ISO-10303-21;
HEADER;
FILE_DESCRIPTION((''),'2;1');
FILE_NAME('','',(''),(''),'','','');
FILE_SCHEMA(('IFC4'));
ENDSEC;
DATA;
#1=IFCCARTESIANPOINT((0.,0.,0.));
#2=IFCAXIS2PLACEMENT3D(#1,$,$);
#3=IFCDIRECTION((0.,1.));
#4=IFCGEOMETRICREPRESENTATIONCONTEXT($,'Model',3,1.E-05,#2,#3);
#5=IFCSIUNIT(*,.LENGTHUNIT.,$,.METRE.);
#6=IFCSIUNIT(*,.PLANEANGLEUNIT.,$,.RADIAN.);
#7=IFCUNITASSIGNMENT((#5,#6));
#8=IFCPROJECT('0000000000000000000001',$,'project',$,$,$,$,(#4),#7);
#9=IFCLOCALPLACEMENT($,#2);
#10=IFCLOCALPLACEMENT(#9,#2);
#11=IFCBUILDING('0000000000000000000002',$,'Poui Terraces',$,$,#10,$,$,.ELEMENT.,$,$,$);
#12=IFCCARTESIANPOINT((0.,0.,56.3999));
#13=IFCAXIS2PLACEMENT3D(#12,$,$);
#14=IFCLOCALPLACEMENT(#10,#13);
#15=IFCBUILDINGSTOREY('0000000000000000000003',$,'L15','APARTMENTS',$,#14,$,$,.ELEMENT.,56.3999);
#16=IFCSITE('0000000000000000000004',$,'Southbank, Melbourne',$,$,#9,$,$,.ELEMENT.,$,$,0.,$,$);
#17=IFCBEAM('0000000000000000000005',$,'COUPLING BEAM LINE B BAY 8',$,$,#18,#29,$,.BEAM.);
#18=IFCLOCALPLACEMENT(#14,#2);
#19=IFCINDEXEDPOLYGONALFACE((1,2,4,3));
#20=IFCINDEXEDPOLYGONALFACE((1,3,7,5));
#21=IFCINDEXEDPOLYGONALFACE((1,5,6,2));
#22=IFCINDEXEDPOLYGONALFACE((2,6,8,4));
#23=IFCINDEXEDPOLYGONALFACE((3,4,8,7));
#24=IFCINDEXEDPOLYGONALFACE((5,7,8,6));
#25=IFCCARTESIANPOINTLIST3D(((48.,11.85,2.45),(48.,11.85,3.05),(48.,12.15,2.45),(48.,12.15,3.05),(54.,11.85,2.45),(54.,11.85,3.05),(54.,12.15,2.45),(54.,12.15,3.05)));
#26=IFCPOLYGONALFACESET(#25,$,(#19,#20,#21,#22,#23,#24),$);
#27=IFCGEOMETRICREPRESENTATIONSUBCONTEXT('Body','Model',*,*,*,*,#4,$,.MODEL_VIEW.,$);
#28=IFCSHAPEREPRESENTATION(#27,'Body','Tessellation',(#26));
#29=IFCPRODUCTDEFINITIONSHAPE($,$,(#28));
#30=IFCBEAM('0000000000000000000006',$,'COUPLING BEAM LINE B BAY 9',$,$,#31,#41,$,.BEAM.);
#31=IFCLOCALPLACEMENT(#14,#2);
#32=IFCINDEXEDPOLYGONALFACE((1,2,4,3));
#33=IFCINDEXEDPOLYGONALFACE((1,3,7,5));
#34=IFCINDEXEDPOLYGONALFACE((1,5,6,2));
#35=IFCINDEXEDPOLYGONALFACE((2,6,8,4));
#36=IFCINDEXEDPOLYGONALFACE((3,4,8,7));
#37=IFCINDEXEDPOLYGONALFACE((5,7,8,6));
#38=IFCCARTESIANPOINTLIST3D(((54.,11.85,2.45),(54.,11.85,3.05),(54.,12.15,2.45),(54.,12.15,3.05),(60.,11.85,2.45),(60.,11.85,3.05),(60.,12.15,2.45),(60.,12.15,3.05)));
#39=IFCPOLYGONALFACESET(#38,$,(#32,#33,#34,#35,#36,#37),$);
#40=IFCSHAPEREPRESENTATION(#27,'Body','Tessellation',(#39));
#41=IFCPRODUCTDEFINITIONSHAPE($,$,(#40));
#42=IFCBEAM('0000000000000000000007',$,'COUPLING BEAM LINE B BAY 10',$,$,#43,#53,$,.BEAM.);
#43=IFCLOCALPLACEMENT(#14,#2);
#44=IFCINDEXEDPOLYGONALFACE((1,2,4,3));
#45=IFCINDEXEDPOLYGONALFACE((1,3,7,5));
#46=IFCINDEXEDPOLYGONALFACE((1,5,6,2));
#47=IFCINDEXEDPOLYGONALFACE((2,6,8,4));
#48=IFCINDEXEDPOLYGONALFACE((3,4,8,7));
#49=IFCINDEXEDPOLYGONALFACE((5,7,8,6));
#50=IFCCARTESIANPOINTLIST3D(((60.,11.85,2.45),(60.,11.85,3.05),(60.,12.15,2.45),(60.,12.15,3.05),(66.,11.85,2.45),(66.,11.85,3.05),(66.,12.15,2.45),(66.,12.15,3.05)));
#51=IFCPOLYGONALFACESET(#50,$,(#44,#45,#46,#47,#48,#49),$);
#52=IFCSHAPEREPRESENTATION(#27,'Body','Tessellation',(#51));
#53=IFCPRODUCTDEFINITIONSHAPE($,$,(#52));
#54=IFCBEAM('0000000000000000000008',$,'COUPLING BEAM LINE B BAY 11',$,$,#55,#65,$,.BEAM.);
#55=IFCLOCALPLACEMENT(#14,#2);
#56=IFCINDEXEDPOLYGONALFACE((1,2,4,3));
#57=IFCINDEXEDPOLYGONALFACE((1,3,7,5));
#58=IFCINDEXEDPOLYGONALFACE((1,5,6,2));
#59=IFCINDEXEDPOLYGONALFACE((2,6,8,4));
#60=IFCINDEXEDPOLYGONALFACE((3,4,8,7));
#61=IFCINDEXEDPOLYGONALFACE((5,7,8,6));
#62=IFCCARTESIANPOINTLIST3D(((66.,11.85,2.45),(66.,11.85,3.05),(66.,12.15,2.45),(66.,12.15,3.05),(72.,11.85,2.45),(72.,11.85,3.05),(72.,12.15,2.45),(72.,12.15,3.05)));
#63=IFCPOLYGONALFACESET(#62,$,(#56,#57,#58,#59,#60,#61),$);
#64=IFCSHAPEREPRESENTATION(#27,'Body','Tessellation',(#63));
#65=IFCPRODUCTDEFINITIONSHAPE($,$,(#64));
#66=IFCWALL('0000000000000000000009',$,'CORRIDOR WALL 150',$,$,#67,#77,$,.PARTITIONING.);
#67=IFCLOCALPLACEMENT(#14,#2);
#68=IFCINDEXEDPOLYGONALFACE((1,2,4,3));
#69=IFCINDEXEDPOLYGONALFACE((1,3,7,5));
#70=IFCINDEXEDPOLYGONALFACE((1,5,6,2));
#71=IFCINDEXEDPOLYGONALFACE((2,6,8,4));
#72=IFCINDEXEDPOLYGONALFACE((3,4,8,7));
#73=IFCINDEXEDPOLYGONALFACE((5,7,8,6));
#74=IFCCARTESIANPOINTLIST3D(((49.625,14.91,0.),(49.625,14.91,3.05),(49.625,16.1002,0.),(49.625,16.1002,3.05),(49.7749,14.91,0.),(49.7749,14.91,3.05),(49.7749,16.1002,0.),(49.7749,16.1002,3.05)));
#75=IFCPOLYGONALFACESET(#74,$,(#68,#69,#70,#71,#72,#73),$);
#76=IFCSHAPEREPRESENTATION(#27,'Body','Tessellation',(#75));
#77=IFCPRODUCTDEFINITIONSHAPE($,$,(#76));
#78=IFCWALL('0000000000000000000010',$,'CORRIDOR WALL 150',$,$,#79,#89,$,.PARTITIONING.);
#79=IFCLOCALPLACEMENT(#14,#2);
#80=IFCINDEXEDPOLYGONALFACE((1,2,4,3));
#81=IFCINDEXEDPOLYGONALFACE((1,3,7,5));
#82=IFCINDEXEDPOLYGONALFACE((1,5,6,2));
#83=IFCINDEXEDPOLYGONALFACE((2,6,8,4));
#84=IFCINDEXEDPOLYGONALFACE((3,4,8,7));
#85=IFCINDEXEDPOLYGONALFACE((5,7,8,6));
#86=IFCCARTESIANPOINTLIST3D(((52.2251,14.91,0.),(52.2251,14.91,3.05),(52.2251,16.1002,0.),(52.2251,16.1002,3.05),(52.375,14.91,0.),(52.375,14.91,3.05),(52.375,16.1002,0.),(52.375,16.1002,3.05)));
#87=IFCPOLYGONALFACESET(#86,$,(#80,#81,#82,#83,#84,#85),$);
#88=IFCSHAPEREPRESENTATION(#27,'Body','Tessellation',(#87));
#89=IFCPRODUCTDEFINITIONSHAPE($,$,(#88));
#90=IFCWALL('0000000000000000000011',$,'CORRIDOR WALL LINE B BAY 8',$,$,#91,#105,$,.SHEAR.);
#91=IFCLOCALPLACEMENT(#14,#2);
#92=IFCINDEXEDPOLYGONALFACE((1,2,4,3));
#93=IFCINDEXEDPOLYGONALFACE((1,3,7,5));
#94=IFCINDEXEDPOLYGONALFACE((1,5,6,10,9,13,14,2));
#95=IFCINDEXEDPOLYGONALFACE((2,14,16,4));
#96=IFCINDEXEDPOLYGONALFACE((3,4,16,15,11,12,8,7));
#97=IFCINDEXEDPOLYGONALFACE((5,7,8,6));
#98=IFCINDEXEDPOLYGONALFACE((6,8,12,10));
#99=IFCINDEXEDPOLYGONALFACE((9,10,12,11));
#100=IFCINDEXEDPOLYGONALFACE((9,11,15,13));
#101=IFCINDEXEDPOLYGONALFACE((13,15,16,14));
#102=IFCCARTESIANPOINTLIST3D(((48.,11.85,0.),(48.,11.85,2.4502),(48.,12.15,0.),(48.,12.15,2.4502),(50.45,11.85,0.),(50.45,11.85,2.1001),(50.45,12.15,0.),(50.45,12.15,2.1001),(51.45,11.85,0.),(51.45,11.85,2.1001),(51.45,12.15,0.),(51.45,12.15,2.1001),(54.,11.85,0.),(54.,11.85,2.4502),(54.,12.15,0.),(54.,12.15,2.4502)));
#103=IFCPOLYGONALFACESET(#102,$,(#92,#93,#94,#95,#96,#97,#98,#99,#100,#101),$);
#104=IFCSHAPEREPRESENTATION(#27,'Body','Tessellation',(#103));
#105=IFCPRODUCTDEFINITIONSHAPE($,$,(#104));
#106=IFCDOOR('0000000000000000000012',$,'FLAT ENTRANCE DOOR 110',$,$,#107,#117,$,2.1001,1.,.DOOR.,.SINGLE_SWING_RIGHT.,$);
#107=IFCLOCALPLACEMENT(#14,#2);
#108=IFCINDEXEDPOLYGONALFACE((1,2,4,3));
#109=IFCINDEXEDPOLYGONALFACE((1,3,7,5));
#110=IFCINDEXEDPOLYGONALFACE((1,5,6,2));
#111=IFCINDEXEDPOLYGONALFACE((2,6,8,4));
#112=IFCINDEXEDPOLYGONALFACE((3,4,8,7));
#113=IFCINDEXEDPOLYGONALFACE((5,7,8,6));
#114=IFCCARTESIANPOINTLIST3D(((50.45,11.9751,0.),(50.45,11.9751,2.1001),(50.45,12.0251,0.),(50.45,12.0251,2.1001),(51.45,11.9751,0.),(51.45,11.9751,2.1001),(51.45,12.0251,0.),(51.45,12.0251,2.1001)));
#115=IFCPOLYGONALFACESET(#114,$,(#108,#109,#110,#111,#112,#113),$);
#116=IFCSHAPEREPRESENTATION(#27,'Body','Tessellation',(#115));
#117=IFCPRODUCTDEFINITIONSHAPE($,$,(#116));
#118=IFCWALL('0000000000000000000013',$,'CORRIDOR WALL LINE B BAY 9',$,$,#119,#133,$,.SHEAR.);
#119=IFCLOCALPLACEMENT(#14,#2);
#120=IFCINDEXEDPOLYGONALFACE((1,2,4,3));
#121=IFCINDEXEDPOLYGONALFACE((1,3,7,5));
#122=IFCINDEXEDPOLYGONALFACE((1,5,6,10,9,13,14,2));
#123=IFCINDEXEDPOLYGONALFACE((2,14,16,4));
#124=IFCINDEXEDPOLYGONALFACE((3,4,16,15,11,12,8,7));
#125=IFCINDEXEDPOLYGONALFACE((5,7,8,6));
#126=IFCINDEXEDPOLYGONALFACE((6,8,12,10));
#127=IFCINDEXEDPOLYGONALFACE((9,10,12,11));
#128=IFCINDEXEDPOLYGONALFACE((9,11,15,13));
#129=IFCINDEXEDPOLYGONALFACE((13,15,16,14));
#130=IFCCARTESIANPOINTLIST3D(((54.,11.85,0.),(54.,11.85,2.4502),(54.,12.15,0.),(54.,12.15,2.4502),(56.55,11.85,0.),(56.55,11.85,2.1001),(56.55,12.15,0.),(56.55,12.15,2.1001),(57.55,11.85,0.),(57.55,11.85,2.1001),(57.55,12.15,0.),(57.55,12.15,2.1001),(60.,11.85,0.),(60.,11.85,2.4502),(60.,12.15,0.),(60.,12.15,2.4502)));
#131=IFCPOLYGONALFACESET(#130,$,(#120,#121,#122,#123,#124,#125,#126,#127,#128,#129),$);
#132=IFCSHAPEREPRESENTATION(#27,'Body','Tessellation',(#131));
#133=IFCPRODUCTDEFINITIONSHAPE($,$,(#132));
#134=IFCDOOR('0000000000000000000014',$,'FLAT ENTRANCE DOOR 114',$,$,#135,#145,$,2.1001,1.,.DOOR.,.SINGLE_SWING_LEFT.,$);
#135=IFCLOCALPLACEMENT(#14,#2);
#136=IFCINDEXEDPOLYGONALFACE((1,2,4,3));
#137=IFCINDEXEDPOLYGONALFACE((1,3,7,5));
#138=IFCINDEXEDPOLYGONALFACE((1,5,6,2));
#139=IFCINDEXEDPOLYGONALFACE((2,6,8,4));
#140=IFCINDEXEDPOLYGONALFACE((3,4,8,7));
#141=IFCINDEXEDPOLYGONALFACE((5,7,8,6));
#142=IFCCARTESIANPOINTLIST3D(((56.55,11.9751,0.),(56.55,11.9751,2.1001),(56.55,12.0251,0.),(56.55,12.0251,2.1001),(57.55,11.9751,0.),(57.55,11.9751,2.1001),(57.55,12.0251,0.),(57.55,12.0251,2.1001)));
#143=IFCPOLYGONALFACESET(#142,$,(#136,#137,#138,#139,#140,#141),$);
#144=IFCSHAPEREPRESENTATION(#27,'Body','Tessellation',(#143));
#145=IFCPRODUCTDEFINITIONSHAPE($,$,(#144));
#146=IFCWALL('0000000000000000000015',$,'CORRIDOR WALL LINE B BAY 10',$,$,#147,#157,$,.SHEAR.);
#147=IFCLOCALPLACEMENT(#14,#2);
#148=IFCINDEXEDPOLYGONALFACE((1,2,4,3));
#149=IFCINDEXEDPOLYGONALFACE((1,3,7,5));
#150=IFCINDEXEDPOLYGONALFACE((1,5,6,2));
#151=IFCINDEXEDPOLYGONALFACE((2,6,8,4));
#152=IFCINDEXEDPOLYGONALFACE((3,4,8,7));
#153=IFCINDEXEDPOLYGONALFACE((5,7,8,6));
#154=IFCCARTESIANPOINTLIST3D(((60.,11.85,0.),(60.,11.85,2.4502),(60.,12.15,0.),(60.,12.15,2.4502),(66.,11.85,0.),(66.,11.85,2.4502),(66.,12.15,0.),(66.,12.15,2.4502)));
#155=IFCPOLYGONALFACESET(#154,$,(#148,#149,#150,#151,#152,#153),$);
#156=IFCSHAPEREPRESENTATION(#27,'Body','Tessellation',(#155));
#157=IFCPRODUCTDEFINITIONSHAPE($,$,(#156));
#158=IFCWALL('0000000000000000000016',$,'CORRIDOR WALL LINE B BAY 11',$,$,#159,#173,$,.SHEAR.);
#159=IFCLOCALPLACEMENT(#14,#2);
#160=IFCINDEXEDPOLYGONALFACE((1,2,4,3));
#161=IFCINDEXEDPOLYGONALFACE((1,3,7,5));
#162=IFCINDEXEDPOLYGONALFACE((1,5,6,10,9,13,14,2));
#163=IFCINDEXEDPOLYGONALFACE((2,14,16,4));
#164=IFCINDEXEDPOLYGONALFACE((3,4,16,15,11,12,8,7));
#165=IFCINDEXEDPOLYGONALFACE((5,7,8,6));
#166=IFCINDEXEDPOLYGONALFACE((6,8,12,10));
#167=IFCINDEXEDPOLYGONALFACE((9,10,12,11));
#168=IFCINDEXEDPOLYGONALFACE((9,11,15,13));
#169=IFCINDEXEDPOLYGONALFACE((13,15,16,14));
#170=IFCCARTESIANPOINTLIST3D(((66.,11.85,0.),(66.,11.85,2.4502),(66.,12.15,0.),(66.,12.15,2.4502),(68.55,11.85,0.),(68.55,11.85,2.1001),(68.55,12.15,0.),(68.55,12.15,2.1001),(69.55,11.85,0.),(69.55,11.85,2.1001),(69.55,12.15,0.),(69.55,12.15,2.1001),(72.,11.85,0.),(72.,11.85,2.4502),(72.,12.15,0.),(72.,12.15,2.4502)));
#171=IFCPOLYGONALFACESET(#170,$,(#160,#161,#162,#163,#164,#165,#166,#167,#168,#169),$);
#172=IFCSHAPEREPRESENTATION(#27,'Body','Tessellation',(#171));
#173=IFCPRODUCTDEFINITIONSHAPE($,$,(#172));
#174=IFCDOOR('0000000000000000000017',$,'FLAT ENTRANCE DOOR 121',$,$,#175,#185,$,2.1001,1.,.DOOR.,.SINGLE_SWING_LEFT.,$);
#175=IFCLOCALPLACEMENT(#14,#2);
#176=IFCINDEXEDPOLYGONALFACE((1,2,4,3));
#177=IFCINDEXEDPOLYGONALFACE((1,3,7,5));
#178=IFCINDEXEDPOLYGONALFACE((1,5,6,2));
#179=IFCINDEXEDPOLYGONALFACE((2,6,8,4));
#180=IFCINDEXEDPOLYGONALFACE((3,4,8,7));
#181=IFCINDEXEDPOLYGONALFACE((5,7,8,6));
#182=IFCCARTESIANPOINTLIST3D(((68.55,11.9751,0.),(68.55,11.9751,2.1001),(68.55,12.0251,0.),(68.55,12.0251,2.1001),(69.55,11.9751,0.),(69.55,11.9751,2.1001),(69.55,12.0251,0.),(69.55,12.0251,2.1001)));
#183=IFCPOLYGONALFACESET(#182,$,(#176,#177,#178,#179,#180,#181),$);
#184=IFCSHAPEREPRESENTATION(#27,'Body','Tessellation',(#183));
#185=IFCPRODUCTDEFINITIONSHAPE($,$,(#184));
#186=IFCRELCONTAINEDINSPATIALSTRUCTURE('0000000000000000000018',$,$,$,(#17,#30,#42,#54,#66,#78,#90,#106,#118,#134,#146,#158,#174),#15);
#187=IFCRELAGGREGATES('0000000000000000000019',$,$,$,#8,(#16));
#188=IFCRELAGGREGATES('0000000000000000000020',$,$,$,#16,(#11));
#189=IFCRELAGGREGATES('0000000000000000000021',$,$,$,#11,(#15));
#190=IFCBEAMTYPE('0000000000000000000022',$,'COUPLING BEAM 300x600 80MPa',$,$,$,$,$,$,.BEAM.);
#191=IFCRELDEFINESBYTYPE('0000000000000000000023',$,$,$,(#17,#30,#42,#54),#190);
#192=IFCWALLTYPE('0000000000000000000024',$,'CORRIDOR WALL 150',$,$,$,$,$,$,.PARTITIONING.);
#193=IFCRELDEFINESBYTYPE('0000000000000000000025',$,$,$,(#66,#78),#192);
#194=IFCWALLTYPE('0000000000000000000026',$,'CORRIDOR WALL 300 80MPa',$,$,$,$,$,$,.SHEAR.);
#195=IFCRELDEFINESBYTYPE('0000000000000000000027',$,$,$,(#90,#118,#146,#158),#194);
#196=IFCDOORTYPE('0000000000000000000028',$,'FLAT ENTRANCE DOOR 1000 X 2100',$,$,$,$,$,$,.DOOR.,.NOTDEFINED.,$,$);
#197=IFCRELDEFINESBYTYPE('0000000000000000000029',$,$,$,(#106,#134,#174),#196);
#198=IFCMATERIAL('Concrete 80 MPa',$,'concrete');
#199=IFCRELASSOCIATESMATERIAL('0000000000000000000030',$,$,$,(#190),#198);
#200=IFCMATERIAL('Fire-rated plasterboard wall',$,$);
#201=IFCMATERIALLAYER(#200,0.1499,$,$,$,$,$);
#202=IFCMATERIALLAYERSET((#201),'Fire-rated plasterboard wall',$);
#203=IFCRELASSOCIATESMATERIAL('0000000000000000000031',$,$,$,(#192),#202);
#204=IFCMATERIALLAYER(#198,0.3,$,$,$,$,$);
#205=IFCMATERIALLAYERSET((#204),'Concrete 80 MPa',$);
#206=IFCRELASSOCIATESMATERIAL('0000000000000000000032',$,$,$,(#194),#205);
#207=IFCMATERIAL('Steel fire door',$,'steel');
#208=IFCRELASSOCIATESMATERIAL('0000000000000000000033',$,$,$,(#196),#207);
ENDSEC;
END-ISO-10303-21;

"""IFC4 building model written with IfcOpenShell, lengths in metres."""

from ifc_helpers import new_model, si_unit, direction, frame, frame_2d, origin, origin_2d, place, context, subcontext, project, spatial, rectangle, extrude, source, transform, mapped, material, layer, layer_set, material_profile, profile_set, type_object, element, fill, save


model = new_model("IFC4")

# Units and contexts
model_context = context("Model", 3, precision=1e-05, world=origin(), true_north=direction((0.0, 1.0)))
body_context = subcontext(model_context, "Body", "Model", "MODEL_VIEW")
ifc_project = project(units=[si_unit("LENGTHUNIT", "METRE"), si_unit("PLANEANGLEUNIT", "RADIAN")], contexts=[model_context])

# Site, building, storey
site_placement = place(None, origin())
site = spatial("IfcSite", under=ifc_project, at=site_placement, Name="Southbank, Melbourne", CompositionType="ELEMENT", RefElevation=0.0)
building_placement = place(site_placement, origin())
building = spatial("IfcBuilding", under=site, at=building_placement, Name="Poui Terraces", CompositionType="ELEMENT")
storey_placement = place(building_placement, frame((0.0, 0.0, 56.3999)))
storey = spatial("IfcBuildingStorey", under=building, at=storey_placement, Name="L15", Description="APARTMENTS", CompositionType="ELEMENT", Elevation=56.3999)

# Beams
ifc_material_1 = material(Name="Concrete 80 MPa", Category="concrete")
ifc_material_profile = material_profile(ifc_material_1, rectangle(XDim=0.3, YDim=0.6001, at=origin_2d()), Name="RC 300x600")
ifc_profile_set = profile_set([ifc_material_profile], Name="Concrete 80 MPa")
beam_type = type_object("IfcBeamType", Name="COUPLING BEAM 300x600 80MPa", PredefinedType="BEAM", material=ifc_profile_set)
shared_shape = source(origin(), body_context, "Body", "SweptSolid", [
    extrude(rectangle(XDim=0.3, YDim=0.6001, at=origin_2d()), origin(), (0.0, 0.0, 1.0), 6.0),
])
for number, where, z_axis, x_axis, name in (
    (1, (48.0, 12.0, 2.75), (1.0, 0.0, 0.0), (0.0, 1.0, 0.0), "COUPLING BEAM LINE B BAY 8"),
    (2, (54.0, 12.0, 2.75), (1.0, 0.0, 0.0), (0.0, 1.0, 0.0), "COUPLING BEAM LINE B BAY 9"),
    (3, (60.0, 12.0, 2.75), (1.0, 0.0, 0.0), (0.0, 1.0, 0.0), "COUPLING BEAM LINE B BAY 10"),
    (4, (66.0, 12.0, 2.75), (1.0, 0.0, 0.0), (0.0, 1.0, 0.0), "COUPLING BEAM LINE B BAY 11"),
):
    element("IfcBeam", number, at=place(storey_placement, frame(where, z_axis=z_axis, x_axis=x_axis)), inside=storey, type_object=beam_type, Name=name, PredefinedType="BEAM", context=body_context, shape_type="MappedRepresentation", body=[
        mapped(shared_shape, transform((0.0, 0.0, 0.0))),
    ])

# Walls
ifc_material_2 = material(Name="Fire-rated plasterboard wall")
ifc_layer_1 = layer(ifc_material_2, 0.1499)
ifc_layer_set_1 = layer_set([ifc_layer_1], Name="Fire-rated plasterboard wall")
wall_type_1 = type_object("IfcWallType", Name="CORRIDOR WALL 150", PredefinedType="PARTITIONING", material=ifc_layer_set_1)
for number, where, z_axis, x_axis, name in (
    (5, (49.7, 14.9099, 0.0), (0.0, 0.0, 1.0), (0.0, 1.0, 0.0), "CORRIDOR WALL 150"),
    (6, (52.3, 14.9099, 0.0), (0.0, 0.0, 1.0), (0.0, 1.0, 0.0), "CORRIDOR WALL 150"),
):
    element("IfcWall", number, at=place(storey_placement, frame(where, z_axis=z_axis, x_axis=x_axis)), inside=storey, type_object=wall_type_1, Name=name, PredefinedType="PARTITIONING", context=body_context, shape_type="SweptSolid", body=[
        extrude(rectangle(XDim=1.1902, YDim=0.1499, at=frame_2d((0.5952, 0.0))), origin(), (0.0, 0.0, 1.0), 3.05),
    ])

# Walls, openings, doors
ifc_layer_2 = layer(ifc_material_1, 0.3)
ifc_layer_set_2 = layer_set([ifc_layer_2], Name="Concrete 80 MPa")
wall_type_2 = type_object("IfcWallType", Name="CORRIDOR WALL 300 80MPa", PredefinedType="SHEAR", material=ifc_layer_set_2)
wall_1_placement = place(storey_placement, frame((48.0, 12.0, 0.0), z_axis=(0.0, 0.0, 1.0), x_axis=(1.0, 0.0, 0.0)))
wall_1 = element("IfcWall", 7, at=wall_1_placement, inside=storey, type_object=wall_type_2, Name="CORRIDOR WALL LINE B BAY 8", PredefinedType="SHEAR", context=body_context, shape_type="SweptSolid", body=[
    extrude(rectangle(XDim=6.0, YDim=0.3, at=frame_2d((3.0, 0.0))), origin(), (0.0, 0.0, 1.0), 2.4502),
])
opening_1_placement = place(wall_1_placement, frame((2.45, 0.0, 0.0)))
opening_1 = element("IfcOpeningElement", 8, at=opening_1_placement, cuts=wall_1, PredefinedType="OPENING", context=body_context, shape_type="SweptSolid", body=[
    extrude(rectangle(XDim=1.0, YDim=2.1001, at=frame_2d((0.5, 1.05))), frame((0.0, 0.1602, 0.0), z_axis=(0.0, -1.0, 0.0), x_axis=(1.0, 0.0, 0.0)), (0.0, 0.0, 1.0), 0.3201),
])
ifc_material_3 = material(Name="Steel fire door", Category="steel")
door_type_1 = type_object("IfcDoorType", Name="FLAT ENTRANCE DOOR 1000 X 2100", OperationType="NOTDEFINED", PredefinedType="DOOR", material=ifc_material_3)
door_1_placement = place(opening_1_placement, frame((1.0, 0.0, 0.0), z_axis=(0.0, 0.0, 1.0), x_axis=(-1.0, 0.0, 0.0)))
door_1 = element("IfcDoor", 9, at=door_1_placement, inside=storey, type_object=door_type_1, Name="FLAT ENTRANCE DOOR 110", OperationType="SINGLE_SWING_RIGHT", OverallHeight=2.1001, OverallWidth=1.0, PredefinedType="DOOR", context=body_context, shape_type="SweptSolid", body=[
    extrude(rectangle(XDim=1.0, YDim=2.1001, at=frame_2d((0.5, 1.05))), frame((0.0, 0.0249, 0.0), z_axis=(0.0, -1.0, 0.0), x_axis=(1.0, 0.0, 0.0)), (0.0, 0.0, 1.0), 0.05),
])
fill(opening_1, door_1)
wall_2_placement = place(storey_placement, frame((54.0, 12.0, 0.0), z_axis=(0.0, 0.0, 1.0), x_axis=(1.0, 0.0, 0.0)))
wall_2 = element("IfcWall", 10, at=wall_2_placement, inside=storey, type_object=wall_type_2, Name="CORRIDOR WALL LINE B BAY 9", PredefinedType="SHEAR", context=body_context, shape_type="SweptSolid", body=[
    extrude(rectangle(XDim=6.0, YDim=0.3, at=frame_2d((3.0, 0.0))), origin(), (0.0, 0.0, 1.0), 2.4502),
])
opening_2_placement = place(wall_2_placement, frame((2.55, 0.0, 0.0)))
opening_2 = element("IfcOpeningElement", 11, at=opening_2_placement, cuts=wall_2, PredefinedType="OPENING", context=body_context, shape_type="SweptSolid", body=[
    extrude(rectangle(XDim=1.0, YDim=2.1001, at=frame_2d((0.5, 1.05))), frame((0.0, 0.1602, 0.0), z_axis=(0.0, -1.0, 0.0), x_axis=(1.0, 0.0, 0.0)), (0.0, 0.0, 1.0), 0.3201),
])
door_2_placement = place(opening_2_placement, frame((1.0, 0.0, 0.0), z_axis=(0.0, 0.0, 1.0), x_axis=(-1.0, 0.0, 0.0)))
door_2 = element("IfcDoor", 12, at=door_2_placement, inside=storey, type_object=door_type_1, Name="FLAT ENTRANCE DOOR 114", OperationType="SINGLE_SWING_LEFT", OverallHeight=2.1001, OverallWidth=1.0, PredefinedType="DOOR", context=body_context, shape_type="SweptSolid", body=[
    extrude(rectangle(XDim=1.0, YDim=2.1001, at=frame_2d((0.5, 1.05))), frame((0.0, 0.0249, 0.0), z_axis=(0.0, -1.0, 0.0), x_axis=(1.0, 0.0, 0.0)), (0.0, 0.0, 1.0), 0.05),
])
fill(opening_2, door_2)

# Wall
wall_3_placement = place(storey_placement, frame((60.0, 12.0, 0.0), z_axis=(0.0, 0.0, 1.0), x_axis=(1.0, 0.0, 0.0)))
element("IfcWall", 13, at=wall_3_placement, inside=storey, type_object=wall_type_2, Name="CORRIDOR WALL LINE B BAY 10", PredefinedType="SHEAR", context=body_context, shape_type="SweptSolid", body=[
    extrude(rectangle(XDim=6.0, YDim=0.3, at=frame_2d((3.0, 0.0))), origin(), (0.0, 0.0, 1.0), 2.4502),
])

# Wall, opening, door
wall_4_placement = place(storey_placement, frame((66.0, 12.0, 0.0), z_axis=(0.0, 0.0, 1.0), x_axis=(1.0, 0.0, 0.0)))
wall_4 = element("IfcWall", 14, at=wall_4_placement, inside=storey, type_object=wall_type_2, Name="CORRIDOR WALL LINE B BAY 11", PredefinedType="SHEAR", context=body_context, shape_type="SweptSolid", body=[
    extrude(rectangle(XDim=6.0, YDim=0.3, at=frame_2d((3.0, 0.0))), origin(), (0.0, 0.0, 1.0), 2.4502),
])
opening_3_placement = place(wall_4_placement, frame((2.55, 0.0, 0.0)))
opening_3 = element("IfcOpeningElement", 15, at=opening_3_placement, cuts=wall_4, PredefinedType="OPENING", context=body_context, shape_type="SweptSolid", body=[
    extrude(rectangle(XDim=1.0, YDim=2.1001, at=frame_2d((0.5, 1.05))), frame((0.0, 0.1602, 0.0), z_axis=(0.0, -1.0, 0.0), x_axis=(1.0, 0.0, 0.0)), (0.0, 0.0, 1.0), 0.3201),
])
door_3_placement = place(opening_3_placement, frame((1.0, 0.0, 0.0), z_axis=(0.0, 0.0, 1.0), x_axis=(-1.0, 0.0, 0.0)))
door_3 = element("IfcDoor", 16, at=door_3_placement, inside=storey, type_object=door_type_1, Name="FLAT ENTRANCE DOOR 121", OperationType="SINGLE_SWING_LEFT", OverallHeight=2.1001, OverallWidth=1.0, PredefinedType="DOOR", context=body_context, shape_type="SweptSolid", body=[
    extrude(rectangle(XDim=1.0, YDim=2.1001, at=frame_2d((0.5, 1.05))), frame((0.0, 0.0249, 0.0), z_axis=(0.0, -1.0, 0.0), x_axis=(1.0, 0.0, 0.0)), (0.0, 0.0, 1.0), 0.05),
])
fill(opening_3, door_3)

save(model, "model.ifc")
